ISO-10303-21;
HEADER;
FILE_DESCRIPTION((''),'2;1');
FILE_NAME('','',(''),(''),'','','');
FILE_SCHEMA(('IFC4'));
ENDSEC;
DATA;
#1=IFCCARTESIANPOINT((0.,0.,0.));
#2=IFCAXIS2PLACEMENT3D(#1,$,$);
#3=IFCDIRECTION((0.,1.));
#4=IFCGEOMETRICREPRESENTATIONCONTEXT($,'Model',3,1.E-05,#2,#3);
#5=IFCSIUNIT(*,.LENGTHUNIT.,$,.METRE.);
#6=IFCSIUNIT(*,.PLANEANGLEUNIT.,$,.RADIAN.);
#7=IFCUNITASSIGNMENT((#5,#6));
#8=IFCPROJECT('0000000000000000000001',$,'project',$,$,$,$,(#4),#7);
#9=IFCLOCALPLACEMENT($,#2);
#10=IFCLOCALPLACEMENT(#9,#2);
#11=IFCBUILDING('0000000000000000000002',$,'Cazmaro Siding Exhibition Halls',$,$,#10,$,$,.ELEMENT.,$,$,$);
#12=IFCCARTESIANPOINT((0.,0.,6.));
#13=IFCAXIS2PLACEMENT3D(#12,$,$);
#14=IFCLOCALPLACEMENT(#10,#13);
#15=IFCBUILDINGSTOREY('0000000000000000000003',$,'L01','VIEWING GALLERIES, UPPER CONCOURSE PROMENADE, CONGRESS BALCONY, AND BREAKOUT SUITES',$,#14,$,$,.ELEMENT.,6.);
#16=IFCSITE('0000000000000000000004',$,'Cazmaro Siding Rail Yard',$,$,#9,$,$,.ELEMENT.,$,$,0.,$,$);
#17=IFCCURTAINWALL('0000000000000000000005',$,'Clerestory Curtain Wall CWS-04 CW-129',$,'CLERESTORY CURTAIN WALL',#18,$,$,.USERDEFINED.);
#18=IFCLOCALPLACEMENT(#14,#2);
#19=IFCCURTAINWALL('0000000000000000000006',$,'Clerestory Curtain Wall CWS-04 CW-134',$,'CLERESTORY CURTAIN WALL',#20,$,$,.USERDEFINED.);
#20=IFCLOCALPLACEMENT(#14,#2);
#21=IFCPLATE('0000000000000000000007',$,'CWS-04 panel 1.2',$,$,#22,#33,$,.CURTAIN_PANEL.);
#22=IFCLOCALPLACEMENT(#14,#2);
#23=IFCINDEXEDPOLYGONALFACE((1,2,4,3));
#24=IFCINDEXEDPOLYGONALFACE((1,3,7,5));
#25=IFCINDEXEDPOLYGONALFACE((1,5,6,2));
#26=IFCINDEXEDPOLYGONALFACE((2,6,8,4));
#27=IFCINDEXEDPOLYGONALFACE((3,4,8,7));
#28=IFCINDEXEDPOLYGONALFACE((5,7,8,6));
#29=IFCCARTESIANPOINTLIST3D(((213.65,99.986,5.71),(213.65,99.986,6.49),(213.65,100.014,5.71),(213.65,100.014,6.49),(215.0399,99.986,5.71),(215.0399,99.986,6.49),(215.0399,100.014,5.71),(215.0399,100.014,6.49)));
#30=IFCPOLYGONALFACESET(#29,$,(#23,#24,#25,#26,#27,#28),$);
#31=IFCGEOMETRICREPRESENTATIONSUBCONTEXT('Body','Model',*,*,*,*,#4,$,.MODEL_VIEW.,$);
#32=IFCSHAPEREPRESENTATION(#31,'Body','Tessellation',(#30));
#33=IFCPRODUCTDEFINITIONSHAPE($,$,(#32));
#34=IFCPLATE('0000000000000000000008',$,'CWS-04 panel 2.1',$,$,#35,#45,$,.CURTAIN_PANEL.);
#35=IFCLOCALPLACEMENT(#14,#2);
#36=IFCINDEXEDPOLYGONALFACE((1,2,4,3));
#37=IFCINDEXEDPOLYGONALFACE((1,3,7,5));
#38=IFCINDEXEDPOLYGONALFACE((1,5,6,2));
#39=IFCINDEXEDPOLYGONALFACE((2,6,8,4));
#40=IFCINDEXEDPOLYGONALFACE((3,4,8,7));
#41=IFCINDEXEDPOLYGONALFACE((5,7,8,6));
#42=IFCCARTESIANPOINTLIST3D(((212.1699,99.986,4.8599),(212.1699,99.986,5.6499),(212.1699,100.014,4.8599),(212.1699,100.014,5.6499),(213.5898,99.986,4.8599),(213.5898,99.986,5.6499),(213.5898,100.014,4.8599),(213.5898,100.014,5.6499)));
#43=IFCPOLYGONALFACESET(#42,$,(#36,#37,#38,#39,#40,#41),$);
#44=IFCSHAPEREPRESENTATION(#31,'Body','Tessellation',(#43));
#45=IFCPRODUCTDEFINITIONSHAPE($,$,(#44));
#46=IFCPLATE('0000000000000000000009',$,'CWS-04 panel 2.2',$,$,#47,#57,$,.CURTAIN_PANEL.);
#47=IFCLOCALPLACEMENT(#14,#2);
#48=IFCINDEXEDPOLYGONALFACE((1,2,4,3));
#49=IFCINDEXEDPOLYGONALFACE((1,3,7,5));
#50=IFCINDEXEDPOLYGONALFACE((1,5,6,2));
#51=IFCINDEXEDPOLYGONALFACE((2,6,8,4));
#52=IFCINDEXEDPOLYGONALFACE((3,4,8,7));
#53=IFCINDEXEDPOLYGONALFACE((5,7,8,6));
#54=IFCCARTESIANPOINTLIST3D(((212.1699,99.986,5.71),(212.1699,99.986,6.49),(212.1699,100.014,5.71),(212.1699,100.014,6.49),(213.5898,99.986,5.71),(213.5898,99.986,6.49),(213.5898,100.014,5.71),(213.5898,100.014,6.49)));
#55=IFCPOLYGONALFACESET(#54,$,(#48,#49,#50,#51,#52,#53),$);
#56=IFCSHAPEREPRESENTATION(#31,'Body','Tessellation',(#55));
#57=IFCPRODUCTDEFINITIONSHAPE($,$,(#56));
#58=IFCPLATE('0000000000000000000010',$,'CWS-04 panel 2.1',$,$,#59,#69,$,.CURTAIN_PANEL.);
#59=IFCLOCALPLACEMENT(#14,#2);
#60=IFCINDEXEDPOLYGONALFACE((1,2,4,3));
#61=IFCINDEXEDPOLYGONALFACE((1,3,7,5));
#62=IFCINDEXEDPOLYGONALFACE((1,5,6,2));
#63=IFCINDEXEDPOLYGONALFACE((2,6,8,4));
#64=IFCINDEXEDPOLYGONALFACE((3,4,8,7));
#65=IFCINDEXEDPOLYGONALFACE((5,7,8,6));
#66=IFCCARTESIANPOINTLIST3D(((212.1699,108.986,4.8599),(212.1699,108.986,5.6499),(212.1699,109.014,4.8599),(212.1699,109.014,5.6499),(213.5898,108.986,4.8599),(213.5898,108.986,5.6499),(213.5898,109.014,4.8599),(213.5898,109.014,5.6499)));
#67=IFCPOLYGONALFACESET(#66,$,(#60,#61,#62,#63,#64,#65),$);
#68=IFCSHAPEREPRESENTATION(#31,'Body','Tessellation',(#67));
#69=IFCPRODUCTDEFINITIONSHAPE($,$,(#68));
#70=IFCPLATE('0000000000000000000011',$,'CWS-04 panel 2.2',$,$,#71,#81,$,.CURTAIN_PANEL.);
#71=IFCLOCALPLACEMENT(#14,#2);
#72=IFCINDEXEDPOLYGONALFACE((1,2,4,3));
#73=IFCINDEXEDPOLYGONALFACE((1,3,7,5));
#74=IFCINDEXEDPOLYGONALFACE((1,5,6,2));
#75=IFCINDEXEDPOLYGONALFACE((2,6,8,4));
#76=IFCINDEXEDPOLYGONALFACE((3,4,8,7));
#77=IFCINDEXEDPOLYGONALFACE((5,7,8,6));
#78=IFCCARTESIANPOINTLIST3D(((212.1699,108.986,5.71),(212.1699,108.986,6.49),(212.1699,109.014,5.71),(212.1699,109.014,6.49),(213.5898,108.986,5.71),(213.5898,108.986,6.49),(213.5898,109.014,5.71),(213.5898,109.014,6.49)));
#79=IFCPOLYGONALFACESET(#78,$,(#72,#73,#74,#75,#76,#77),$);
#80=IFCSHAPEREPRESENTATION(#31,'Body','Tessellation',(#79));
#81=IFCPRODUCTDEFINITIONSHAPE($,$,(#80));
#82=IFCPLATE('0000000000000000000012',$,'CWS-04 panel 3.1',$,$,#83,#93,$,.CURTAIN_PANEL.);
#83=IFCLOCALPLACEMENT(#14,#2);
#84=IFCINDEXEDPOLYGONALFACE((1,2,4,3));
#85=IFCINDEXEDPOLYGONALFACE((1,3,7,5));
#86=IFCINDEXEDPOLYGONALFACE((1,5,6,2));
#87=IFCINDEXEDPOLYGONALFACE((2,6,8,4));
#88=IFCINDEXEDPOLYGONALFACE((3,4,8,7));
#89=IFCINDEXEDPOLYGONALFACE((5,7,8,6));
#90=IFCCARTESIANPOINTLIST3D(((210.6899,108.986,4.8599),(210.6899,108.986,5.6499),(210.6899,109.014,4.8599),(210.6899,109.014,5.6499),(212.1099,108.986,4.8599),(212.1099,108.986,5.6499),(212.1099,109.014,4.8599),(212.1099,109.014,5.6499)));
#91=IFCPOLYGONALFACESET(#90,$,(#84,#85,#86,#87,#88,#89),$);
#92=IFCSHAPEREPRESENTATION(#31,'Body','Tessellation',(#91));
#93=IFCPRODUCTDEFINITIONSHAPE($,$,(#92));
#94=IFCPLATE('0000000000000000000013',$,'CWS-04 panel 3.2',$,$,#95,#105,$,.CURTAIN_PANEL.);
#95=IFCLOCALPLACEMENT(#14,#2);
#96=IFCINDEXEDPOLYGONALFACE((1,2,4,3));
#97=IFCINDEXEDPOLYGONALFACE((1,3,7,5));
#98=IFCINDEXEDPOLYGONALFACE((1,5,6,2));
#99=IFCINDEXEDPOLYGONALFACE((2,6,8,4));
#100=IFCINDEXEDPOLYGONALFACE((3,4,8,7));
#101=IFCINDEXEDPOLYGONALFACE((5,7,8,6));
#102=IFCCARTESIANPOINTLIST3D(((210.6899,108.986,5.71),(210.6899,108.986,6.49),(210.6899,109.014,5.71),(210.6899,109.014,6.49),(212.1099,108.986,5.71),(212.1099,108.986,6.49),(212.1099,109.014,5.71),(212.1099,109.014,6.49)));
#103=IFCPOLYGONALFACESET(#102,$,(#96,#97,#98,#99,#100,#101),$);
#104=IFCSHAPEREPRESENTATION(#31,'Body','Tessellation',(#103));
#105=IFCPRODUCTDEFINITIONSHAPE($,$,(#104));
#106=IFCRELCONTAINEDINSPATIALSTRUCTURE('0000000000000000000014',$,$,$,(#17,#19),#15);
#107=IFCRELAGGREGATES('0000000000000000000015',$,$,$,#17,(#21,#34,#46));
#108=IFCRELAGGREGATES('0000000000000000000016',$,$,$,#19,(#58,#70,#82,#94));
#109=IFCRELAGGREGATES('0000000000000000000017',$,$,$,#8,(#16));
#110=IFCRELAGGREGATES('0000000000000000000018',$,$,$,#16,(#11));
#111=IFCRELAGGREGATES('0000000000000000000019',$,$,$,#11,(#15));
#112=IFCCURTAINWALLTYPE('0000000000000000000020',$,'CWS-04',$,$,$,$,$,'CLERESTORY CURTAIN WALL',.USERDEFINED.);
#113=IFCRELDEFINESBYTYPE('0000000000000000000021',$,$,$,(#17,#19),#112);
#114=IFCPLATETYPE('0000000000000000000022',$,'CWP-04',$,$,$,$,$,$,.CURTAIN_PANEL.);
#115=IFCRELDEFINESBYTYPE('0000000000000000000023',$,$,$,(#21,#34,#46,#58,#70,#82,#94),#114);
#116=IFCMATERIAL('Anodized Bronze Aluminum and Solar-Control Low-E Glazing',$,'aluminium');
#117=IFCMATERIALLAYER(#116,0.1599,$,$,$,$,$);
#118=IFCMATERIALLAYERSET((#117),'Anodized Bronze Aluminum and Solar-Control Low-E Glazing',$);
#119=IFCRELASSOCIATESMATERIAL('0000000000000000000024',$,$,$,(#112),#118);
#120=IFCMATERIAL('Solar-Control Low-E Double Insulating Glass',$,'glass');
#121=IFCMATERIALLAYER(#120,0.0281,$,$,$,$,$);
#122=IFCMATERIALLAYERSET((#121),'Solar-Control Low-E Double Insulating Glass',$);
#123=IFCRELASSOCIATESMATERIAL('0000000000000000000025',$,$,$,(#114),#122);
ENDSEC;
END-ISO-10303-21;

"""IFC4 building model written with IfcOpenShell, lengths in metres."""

from ifc_helpers import new_model, si_unit, direction, frame, origin, origin_2d, place, context, subcontext, project, spatial, rectangle, extrude, material, layer, layer_set, type_object, element, aggregate, save


model = new_model("IFC4")

# Units and contexts
model_context = context("Model", 3, precision=1e-05, world=origin(), true_north=direction((0.0, 1.0)))
body_context = subcontext(model_context, "Body", "Model", "MODEL_VIEW")
ifc_project = project(units=[si_unit("LENGTHUNIT", "METRE"), si_unit("PLANEANGLEUNIT", "RADIAN")], contexts=[model_context])

# Site, building, storey
site_placement = place(None, origin())
site = spatial("IfcSite", under=ifc_project, at=site_placement, Name="Cazmaro Siding Rail Yard", CompositionType="ELEMENT", RefElevation=0.0)
building_placement = place(site_placement, origin())
building = spatial("IfcBuilding", under=site, at=building_placement, Name="Cazmaro Siding Exhibition Halls", CompositionType="ELEMENT")
storey_placement = place(building_placement, frame((0.0, 0.0, 6.0)))
storey = spatial("IfcBuildingStorey", under=building, at=storey_placement, Name="L01", Description="VIEWING GALLERIES, UPPER CONCOURSE PROMENADE, CONGRESS BALCONY, AND BREAKOUT SUITES", CompositionType="ELEMENT", Elevation=6.0)

# Curtain walls
ifc_material_1 = material(Name="Anodized Bronze Aluminum and Solar-Control Low-E Glazing", Category="aluminium")
ifc_layer_1 = layer(ifc_material_1, 0.1599)
ifc_layer_set_1 = layer_set([ifc_layer_1], Name="Anodized Bronze Aluminum and Solar-Control Low-E Glazing")
curtain_wall_type = type_object("IfcCurtainWallType", Name="CWS-04", ElementType="CLERESTORY CURTAIN WALL", PredefinedType="USERDEFINED", material=ifc_layer_set_1)
curtain_wall_1_placement = place(storey_placement, origin())
curtain_wall_1 = element("IfcCurtainWall", 1, at=curtain_wall_1_placement, inside=storey, type_object=curtain_wall_type, Name="Clerestory Curtain Wall CWS-04 CW-129", ObjectType="CLERESTORY CURTAIN WALL", PredefinedType="USERDEFINED")
curtain_wall_2_placement = place(storey_placement, origin())
curtain_wall_2 = element("IfcCurtainWall", 2, at=curtain_wall_2_placement, inside=storey, type_object=curtain_wall_type, Name="Clerestory Curtain Wall CWS-04 CW-134", ObjectType="CLERESTORY CURTAIN WALL", PredefinedType="USERDEFINED")

# Plates
ifc_material_2 = material(Name="Solar-Control Low-E Double Insulating Glass", Category="glass")
ifc_layer_2 = layer(ifc_material_2, 0.0281)
ifc_layer_set_2 = layer_set([ifc_layer_2], Name="Solar-Control Low-E Double Insulating Glass")
plate_type = type_object("IfcPlateType", Name="CWP-04", PredefinedType="CURTAIN_PANEL", material=ifc_layer_set_2)
plate_1_placement = place(storey_placement, frame((214.345, 100.0, 5.71), z_axis=(0.0, 0.0, 1.0), x_axis=(-1.0, 0.0, 0.0)))
plate_1 = element("IfcPlate", 3, at=plate_1_placement, type_object=plate_type, Name="CWS-04 panel 1.2", PredefinedType="CURTAIN_PANEL", context=body_context, shape_type="SweptSolid", body=[
    extrude(rectangle(XDim=1.3899, YDim=0.0281, at=origin_2d()), origin(), (0.0, 0.0, 1.0), 0.78),
])
plate_2_placement = place(storey_placement, frame((212.8799, 100.0, 4.8599), z_axis=(0.0, 0.0, 1.0), x_axis=(-1.0, 0.0, 0.0)))
plate_2 = element("IfcPlate", 4, at=plate_2_placement, type_object=plate_type, Name="CWS-04 panel 2.1", PredefinedType="CURTAIN_PANEL", context=body_context, shape_type="SweptSolid", body=[
    extrude(rectangle(XDim=1.4199, YDim=0.0281, at=origin_2d()), origin(), (0.0, 0.0, 1.0), 0.79),
])
plate_3_placement = place(storey_placement, frame((212.8799, 100.0, 5.71), z_axis=(0.0, 0.0, 1.0), x_axis=(-1.0, 0.0, 0.0)))
plate_3 = element("IfcPlate", 5, at=plate_3_placement, type_object=plate_type, Name="CWS-04 panel 2.2", PredefinedType="CURTAIN_PANEL", context=body_context, shape_type="SweptSolid", body=[
    extrude(rectangle(XDim=1.4199, YDim=0.0281, at=origin_2d()), origin(), (0.0, 0.0, 1.0), 0.78),
])
aggregate(curtain_wall_1, [plate_1, plate_2, plate_3])
plate_4_placement = place(storey_placement, frame((212.8799, 109.0, 4.8599), z_axis=(0.0, 0.0, 1.0), x_axis=(-1.0, 0.0, 0.0)))
plate_4 = element("IfcPlate", 6, at=plate_4_placement, type_object=plate_type, Name="CWS-04 panel 2.1", PredefinedType="CURTAIN_PANEL", context=body_context, shape_type="SweptSolid", body=[
    extrude(rectangle(XDim=1.4199, YDim=0.0281, at=origin_2d()), origin(), (0.0, 0.0, 1.0), 0.79),
])
plate_5_placement = place(storey_placement, frame((212.8799, 109.0, 5.71), z_axis=(0.0, 0.0, 1.0), x_axis=(-1.0, 0.0, 0.0)))
plate_5 = element("IfcPlate", 7, at=plate_5_placement, type_object=plate_type, Name="CWS-04 panel 2.2", PredefinedType="CURTAIN_PANEL", context=body_context, shape_type="SweptSolid", body=[
    extrude(rectangle(XDim=1.4199, YDim=0.0281, at=origin_2d()), origin(), (0.0, 0.0, 1.0), 0.78),
])
plate_6_placement = place(storey_placement, frame((211.3999, 109.0, 4.8599), z_axis=(0.0, 0.0, 1.0), x_axis=(-1.0, 0.0, 0.0)))
plate_6 = element("IfcPlate", 8, at=plate_6_placement, type_object=plate_type, Name="CWS-04 panel 3.1", PredefinedType="CURTAIN_PANEL", context=body_context, shape_type="SweptSolid", body=[
    extrude(rectangle(XDim=1.4199, YDim=0.0281, at=origin_2d()), origin(), (0.0, 0.0, 1.0), 0.79),
])
plate_7_placement = place(storey_placement, frame((211.3999, 109.0, 5.71), z_axis=(0.0, 0.0, 1.0), x_axis=(-1.0, 0.0, 0.0)))
plate_7 = element("IfcPlate", 9, at=plate_7_placement, type_object=plate_type, Name="CWS-04 panel 3.2", PredefinedType="CURTAIN_PANEL", context=body_context, shape_type="SweptSolid", body=[
    extrude(rectangle(XDim=1.4199, YDim=0.0281, at=origin_2d()), origin(), (0.0, 0.0, 1.0), 0.78),
])
aggregate(curtain_wall_2, [plate_4, plate_5, plate_6, plate_7])

save(model, "model.ifc")
